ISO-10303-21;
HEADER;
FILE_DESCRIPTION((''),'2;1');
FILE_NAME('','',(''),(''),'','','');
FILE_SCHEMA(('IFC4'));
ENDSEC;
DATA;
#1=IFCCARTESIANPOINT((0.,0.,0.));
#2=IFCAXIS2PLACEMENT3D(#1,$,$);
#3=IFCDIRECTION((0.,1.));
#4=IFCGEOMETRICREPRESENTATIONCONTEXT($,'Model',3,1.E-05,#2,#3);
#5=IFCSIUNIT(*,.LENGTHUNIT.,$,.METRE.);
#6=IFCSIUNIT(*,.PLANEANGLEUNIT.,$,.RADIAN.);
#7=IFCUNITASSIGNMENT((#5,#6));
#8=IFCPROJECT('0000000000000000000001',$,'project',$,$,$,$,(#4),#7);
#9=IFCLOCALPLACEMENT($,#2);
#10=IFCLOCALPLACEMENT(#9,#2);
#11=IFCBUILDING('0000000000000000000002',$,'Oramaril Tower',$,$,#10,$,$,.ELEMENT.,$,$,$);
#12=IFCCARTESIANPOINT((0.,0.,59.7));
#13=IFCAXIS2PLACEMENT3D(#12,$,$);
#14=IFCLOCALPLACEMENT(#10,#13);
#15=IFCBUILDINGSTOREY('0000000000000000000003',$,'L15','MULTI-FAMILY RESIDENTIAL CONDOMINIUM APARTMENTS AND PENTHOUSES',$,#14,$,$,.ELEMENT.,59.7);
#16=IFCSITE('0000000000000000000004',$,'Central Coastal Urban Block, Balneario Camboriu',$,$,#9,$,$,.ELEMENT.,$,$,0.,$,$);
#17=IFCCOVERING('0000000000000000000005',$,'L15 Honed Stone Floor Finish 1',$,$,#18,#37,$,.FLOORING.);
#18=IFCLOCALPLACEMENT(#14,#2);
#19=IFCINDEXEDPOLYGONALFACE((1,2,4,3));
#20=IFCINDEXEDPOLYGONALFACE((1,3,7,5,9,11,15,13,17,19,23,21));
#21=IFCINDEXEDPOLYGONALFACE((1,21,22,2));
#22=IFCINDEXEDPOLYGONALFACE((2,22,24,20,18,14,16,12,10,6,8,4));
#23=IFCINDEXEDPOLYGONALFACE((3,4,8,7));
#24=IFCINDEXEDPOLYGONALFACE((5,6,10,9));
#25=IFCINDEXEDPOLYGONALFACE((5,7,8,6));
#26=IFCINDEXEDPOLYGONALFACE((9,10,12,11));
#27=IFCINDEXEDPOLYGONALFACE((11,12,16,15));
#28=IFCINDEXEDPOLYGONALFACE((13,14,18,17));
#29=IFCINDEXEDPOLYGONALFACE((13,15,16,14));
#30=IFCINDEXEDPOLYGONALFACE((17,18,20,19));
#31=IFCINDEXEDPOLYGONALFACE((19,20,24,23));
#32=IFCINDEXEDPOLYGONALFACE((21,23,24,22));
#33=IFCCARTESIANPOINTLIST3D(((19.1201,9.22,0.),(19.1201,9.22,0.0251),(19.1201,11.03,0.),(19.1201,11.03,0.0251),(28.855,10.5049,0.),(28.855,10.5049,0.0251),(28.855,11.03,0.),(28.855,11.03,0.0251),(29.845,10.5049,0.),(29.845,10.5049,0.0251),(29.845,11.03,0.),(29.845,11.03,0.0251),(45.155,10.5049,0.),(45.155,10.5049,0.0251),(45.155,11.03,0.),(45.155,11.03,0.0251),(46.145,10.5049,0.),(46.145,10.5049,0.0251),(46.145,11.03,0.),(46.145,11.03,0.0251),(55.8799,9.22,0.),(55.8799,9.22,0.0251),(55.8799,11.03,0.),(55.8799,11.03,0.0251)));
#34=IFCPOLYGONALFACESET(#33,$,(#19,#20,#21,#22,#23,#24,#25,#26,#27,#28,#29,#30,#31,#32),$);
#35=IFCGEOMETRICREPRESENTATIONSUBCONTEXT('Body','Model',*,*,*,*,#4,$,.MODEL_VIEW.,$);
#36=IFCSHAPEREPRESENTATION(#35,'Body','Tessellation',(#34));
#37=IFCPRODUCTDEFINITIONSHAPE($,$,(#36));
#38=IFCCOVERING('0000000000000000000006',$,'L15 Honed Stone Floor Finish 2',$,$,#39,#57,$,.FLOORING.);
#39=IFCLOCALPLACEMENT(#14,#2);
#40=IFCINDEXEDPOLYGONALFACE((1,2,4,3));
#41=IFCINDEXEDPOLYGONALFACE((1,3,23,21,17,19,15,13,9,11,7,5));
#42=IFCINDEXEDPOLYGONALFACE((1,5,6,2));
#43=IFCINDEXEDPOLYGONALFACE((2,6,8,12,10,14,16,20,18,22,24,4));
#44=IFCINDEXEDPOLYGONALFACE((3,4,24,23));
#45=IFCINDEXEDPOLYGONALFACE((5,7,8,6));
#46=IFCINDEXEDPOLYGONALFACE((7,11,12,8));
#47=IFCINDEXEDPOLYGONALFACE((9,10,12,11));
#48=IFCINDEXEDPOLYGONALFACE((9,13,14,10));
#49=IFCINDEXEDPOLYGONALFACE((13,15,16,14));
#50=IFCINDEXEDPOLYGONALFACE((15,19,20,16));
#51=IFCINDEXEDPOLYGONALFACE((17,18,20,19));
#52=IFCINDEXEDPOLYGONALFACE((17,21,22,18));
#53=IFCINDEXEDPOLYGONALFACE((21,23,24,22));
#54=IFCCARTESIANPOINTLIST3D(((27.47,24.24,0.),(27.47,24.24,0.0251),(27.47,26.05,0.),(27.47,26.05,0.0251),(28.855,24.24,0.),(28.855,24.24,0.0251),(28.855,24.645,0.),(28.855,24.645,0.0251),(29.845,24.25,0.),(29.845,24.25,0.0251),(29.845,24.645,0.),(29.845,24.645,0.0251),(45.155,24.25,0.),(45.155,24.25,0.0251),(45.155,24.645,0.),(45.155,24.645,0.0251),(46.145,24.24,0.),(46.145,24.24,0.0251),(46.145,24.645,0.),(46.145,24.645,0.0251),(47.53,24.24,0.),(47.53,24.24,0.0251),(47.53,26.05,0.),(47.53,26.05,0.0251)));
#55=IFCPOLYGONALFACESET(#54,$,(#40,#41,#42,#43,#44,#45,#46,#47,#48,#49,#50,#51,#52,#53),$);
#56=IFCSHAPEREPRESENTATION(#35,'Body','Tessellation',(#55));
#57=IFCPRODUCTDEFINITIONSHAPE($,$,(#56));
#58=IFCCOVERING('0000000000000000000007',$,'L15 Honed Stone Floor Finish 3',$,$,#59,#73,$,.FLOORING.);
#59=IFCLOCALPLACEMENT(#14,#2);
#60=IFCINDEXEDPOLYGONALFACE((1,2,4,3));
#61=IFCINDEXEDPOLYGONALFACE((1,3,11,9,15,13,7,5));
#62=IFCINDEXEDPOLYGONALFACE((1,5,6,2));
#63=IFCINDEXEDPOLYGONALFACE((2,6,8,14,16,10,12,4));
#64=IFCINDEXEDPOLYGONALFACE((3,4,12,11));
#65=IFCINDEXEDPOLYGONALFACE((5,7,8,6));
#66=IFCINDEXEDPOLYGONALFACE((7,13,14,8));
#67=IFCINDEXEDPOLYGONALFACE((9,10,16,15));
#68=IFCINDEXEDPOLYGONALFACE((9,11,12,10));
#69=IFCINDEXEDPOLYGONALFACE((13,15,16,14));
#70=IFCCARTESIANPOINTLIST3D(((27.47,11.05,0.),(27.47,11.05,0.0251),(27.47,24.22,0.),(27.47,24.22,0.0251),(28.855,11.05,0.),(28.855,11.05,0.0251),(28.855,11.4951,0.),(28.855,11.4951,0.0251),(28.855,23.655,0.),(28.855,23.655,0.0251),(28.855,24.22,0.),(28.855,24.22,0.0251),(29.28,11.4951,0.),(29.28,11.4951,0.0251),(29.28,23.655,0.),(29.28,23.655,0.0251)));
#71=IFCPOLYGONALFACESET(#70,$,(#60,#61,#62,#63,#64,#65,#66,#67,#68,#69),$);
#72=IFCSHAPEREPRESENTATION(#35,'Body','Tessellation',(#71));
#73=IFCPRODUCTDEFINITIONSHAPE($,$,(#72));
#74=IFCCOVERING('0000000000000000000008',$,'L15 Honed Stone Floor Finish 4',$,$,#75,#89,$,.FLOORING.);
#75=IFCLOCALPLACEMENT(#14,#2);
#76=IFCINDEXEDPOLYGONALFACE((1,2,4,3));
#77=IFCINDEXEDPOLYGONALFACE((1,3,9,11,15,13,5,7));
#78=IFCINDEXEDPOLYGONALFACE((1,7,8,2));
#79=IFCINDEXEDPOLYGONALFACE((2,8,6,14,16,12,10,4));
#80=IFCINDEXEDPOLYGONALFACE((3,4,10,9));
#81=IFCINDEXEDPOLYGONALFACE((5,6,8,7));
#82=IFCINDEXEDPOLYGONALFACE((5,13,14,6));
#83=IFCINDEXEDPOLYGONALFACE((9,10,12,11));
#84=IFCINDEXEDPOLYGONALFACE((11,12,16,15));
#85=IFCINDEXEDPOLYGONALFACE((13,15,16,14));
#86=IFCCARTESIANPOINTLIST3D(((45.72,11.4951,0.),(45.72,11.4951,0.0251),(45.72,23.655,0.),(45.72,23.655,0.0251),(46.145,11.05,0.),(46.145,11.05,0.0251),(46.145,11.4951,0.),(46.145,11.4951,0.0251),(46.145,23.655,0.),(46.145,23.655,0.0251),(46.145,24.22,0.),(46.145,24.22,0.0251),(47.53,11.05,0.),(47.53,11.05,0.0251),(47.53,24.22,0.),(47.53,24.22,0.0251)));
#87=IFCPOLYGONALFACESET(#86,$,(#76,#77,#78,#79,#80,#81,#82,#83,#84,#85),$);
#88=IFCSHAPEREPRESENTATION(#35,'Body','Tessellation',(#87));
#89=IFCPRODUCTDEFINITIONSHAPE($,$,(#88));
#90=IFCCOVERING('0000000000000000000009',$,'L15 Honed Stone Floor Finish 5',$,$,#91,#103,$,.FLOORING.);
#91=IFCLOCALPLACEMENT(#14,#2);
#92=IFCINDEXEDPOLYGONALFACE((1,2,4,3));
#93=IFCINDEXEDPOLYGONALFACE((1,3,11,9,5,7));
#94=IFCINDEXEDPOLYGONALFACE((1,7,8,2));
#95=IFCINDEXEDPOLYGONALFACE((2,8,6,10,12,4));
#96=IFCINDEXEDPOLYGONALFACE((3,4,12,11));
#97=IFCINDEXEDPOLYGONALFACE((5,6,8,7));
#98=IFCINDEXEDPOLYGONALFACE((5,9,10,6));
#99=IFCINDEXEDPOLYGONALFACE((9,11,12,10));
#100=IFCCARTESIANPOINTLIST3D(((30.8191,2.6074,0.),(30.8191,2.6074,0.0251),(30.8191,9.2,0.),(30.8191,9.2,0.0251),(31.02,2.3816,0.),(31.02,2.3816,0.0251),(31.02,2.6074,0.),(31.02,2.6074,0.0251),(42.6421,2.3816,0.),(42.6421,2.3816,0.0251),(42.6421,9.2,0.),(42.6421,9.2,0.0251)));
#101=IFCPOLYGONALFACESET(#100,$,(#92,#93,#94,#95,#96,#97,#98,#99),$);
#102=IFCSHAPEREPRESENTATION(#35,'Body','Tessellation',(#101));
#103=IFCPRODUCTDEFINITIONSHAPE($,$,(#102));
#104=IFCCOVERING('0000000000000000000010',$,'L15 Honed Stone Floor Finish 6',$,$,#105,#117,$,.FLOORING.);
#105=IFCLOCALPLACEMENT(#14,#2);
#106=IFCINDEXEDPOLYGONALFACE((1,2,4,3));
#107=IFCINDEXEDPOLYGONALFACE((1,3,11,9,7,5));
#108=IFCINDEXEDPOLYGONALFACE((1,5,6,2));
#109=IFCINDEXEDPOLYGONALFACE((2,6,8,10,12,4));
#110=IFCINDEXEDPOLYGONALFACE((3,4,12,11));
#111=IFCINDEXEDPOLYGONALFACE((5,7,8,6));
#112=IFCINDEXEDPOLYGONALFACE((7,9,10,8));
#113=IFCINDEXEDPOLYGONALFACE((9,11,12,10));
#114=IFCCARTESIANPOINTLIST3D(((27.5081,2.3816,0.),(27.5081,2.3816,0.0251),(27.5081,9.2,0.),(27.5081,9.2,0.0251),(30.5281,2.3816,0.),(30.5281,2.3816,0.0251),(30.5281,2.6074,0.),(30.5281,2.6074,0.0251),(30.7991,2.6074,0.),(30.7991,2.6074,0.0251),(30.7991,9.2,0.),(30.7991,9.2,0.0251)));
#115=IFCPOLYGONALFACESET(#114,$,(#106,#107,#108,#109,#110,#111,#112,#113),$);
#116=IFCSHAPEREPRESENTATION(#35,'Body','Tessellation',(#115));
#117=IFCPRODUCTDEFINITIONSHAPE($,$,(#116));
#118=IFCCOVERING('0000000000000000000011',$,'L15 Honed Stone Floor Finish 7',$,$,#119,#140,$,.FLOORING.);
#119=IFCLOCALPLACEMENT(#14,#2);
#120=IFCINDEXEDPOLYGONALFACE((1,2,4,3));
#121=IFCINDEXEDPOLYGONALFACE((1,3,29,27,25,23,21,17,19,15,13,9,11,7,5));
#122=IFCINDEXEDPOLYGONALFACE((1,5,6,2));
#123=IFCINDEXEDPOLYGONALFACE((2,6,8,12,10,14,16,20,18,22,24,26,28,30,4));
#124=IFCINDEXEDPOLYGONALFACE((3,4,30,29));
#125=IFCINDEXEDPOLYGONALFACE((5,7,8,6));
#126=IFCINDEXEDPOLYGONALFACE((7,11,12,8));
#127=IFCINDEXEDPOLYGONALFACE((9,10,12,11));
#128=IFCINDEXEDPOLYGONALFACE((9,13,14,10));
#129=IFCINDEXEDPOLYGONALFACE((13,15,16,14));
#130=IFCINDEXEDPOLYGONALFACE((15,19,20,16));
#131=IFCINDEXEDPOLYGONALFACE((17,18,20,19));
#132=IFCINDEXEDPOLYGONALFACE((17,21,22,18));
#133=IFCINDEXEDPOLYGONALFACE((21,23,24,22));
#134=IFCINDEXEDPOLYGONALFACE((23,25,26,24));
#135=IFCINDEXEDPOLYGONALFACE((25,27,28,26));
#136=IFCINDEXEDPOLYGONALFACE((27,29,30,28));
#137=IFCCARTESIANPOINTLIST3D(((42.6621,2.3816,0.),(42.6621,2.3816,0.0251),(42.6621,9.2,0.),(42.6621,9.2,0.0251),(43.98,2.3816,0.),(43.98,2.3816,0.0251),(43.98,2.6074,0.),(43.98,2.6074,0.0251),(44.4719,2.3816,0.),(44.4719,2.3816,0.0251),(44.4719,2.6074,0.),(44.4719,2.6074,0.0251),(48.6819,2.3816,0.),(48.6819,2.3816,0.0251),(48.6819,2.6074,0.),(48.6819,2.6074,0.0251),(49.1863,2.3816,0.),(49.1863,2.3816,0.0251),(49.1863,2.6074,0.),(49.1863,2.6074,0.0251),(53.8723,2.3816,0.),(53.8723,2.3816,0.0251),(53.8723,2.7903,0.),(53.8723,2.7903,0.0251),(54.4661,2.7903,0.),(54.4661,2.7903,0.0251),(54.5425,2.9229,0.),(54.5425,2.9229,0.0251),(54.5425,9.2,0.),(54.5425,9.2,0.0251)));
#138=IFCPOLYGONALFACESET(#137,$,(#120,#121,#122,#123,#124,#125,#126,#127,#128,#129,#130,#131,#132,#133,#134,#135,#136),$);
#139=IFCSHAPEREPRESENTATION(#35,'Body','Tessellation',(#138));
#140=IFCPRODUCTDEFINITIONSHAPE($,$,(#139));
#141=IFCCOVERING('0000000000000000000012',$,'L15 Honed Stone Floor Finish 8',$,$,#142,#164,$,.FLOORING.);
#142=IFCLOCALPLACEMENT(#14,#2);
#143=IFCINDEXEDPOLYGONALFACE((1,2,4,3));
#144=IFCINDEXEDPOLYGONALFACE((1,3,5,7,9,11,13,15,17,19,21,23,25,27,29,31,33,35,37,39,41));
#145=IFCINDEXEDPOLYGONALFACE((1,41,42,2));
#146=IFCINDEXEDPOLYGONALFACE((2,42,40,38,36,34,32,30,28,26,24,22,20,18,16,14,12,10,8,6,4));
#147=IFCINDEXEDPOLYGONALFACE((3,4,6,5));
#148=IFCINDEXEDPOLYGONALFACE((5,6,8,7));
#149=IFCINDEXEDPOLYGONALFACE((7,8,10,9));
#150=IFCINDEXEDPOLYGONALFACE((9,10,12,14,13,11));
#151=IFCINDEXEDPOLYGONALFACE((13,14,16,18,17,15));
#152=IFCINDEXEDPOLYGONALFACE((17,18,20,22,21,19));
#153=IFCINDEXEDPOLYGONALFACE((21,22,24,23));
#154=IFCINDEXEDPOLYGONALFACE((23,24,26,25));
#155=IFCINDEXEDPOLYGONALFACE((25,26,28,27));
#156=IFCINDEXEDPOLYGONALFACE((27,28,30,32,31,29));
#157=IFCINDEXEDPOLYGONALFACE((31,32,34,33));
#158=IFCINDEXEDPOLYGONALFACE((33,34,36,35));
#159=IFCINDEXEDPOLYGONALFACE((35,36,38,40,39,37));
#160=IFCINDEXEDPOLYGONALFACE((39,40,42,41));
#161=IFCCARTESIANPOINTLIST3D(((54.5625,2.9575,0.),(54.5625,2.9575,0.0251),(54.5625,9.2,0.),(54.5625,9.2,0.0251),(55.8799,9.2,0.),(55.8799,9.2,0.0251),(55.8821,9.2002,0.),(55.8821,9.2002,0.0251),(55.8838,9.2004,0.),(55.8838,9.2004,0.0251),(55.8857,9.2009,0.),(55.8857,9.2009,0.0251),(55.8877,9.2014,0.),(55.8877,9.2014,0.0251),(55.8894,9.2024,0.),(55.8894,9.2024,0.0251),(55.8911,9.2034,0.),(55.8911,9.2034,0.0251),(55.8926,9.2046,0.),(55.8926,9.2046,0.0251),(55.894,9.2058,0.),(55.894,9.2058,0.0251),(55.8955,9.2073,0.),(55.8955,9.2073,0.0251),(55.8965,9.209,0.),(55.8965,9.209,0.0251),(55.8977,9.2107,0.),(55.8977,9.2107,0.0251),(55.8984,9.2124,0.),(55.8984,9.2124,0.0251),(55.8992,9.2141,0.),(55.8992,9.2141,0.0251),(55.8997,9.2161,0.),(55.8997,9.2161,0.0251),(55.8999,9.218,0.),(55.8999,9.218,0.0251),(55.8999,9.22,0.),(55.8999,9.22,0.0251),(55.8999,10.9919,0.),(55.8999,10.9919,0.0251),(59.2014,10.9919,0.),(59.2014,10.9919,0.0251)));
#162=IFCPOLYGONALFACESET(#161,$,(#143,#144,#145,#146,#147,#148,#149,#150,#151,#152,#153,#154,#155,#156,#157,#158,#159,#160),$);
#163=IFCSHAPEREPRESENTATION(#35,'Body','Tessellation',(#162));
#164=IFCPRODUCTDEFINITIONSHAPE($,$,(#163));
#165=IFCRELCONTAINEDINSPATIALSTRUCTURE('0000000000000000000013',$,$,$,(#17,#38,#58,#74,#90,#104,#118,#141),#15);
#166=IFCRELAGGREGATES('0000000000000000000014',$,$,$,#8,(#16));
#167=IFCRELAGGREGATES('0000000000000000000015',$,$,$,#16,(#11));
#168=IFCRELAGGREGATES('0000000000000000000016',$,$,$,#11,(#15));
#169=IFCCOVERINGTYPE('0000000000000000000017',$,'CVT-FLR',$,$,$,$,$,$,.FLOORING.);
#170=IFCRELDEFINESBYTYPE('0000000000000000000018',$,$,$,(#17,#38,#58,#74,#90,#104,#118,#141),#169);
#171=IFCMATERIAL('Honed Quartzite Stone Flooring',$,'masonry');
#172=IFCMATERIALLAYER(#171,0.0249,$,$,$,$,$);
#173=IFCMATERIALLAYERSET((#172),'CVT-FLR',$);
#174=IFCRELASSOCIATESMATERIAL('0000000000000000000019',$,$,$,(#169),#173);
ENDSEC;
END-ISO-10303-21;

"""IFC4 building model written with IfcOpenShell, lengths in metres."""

from ifc_helpers import new_model, si_unit, direction, frame, origin, place, context, subcontext, project, spatial, polyline, outline, extrude, material, layer, layer_set, type_object, element, save


model = new_model("IFC4")

# Units and contexts
model_context = context("Model", 3, precision=1e-05, world=origin(), true_north=direction((0.0, 1.0)))
body_context = subcontext(model_context, "Body", "Model", "MODEL_VIEW")
ifc_project = project(units=[si_unit("LENGTHUNIT", "METRE"), si_unit("PLANEANGLEUNIT", "RADIAN")], contexts=[model_context])

# Site, building, storey
site_placement = place(None, origin())
site = spatial("IfcSite", under=ifc_project, at=site_placement, Name="Central Coastal Urban Block, Balneario Camboriu", CompositionType="ELEMENT", RefElevation=0.0)
building_placement = place(site_placement, origin())
building = spatial("IfcBuilding", under=site, at=building_placement, Name="Oramaril Tower", CompositionType="ELEMENT")
storey_placement = place(building_placement, frame((0.0, 0.0, 59.7)))
storey = spatial("IfcBuildingStorey", under=building, at=storey_placement, Name="L15", Description="MULTI-FAMILY RESIDENTIAL CONDOMINIUM APARTMENTS AND PENTHOUSES", CompositionType="ELEMENT", Elevation=59.7)

# Coverings
ifc_material_1 = material(Name="Honed Quartzite Stone Flooring", Category="masonry")
ifc_layer_1 = layer(ifc_material_1, 0.0249)
ifc_layer_set_1 = layer_set([ifc_layer_1], Name="CVT-FLR")
covering_type_1 = type_object("IfcCoveringType", Name="CVT-FLR", PredefinedType="FLOORING", material=ifc_layer_set_1)
covering_1_placement = place(storey_placement, origin())
element("IfcCovering", 1, at=covering_1_placement, inside=storey, type_object=covering_type_1, Name="L15 Honed Stone Floor Finish 1", PredefinedType="FLOORING", context=body_context, shape_type="SweptSolid", body=[
    extrude(outline(polyline([(28.855, 10.5049), (29.845, 10.5049), (29.845, 11.03), (45.155, 11.03), (45.155, 10.5049), (46.145, 10.5049), (46.145, 11.03), (55.8799, 11.03), (55.8799, 9.22), (19.1201, 9.22), (19.1201, 11.03), (28.855, 11.03), (28.855, 10.5049)])), origin(), (0.0, 0.0, 1.0), 0.0251),
])
covering_2_placement = place(storey_placement, origin())
element("IfcCovering", 2, at=covering_2_placement, inside=storey, type_object=covering_type_1, Name="L15 Honed Stone Floor Finish 2", PredefinedType="FLOORING", context=body_context, shape_type="SweptSolid", body=[
    extrude(outline(polyline([(47.53, 24.24), (46.145, 24.24), (46.145, 24.645), (45.155, 24.645), (45.155, 24.25), (29.845, 24.25), (29.845, 24.645), (28.855, 24.645), (28.855, 24.24), (27.47, 24.24), (27.47, 26.05), (47.53, 26.05), (47.53, 24.24)])), origin(), (0.0, 0.0, 1.0), 0.0251),
])
covering_3_placement = place(storey_placement, origin())
element("IfcCovering", 3, at=covering_3_placement, inside=storey, type_object=covering_type_1, Name="L15 Honed Stone Floor Finish 3", PredefinedType="FLOORING", context=body_context, shape_type="SweptSolid", body=[
    extrude(outline(polyline([(28.855, 23.655), (29.28, 23.655), (29.28, 11.4951), (28.855, 11.4951), (28.855, 11.05), (27.47, 11.05), (27.47, 24.22), (28.855, 24.22), (28.855, 23.655)])), origin(), (0.0, 0.0, 1.0), 0.0251),
])
covering_4_placement = place(storey_placement, origin())
element("IfcCovering", 4, at=covering_4_placement, inside=storey, type_object=covering_type_1, Name="L15 Honed Stone Floor Finish 4", PredefinedType="FLOORING", context=body_context, shape_type="SweptSolid", body=[
    extrude(outline(polyline([(47.53, 11.05), (46.145, 11.05), (46.145, 11.4951), (45.72, 11.4951), (45.72, 23.655), (46.145, 23.655), (46.145, 24.22), (47.53, 24.22), (47.53, 11.05)])), origin(), (0.0, 0.0, 1.0), 0.0251),
])
covering_5_placement = place(storey_placement, origin())
element("IfcCovering", 5, at=covering_5_placement, inside=storey, type_object=covering_type_1, Name="L15 Honed Stone Floor Finish 5", PredefinedType="FLOORING", context=body_context, shape_type="SweptSolid", body=[
    extrude(outline(polyline([(31.02, 2.3816), (31.02, 2.6074), (30.8191, 2.6074), (30.8191, 9.2), (42.6421, 9.2), (42.6421, 2.3816), (31.02, 2.3816)])), origin(), (0.0, 0.0, 1.0), 0.0251),
])
covering_6_placement = place(storey_placement, origin())
element("IfcCovering", 6, at=covering_6_placement, inside=storey, type_object=covering_type_1, Name="L15 Honed Stone Floor Finish 6", PredefinedType="FLOORING", context=body_context, shape_type="SweptSolid", body=[
    extrude(outline(polyline([(27.5081, 9.2), (30.7991, 9.2), (30.7991, 2.6074), (30.5281, 2.6074), (30.5281, 2.3816), (27.5081, 2.3816), (27.5081, 9.2)])), origin(), (0.0, 0.0, 1.0), 0.0251),
])
covering_7_placement = place(storey_placement, origin())
element("IfcCovering", 7, at=covering_7_placement, inside=storey, type_object=covering_type_1, Name="L15 Honed Stone Floor Finish 7", PredefinedType="FLOORING", context=body_context, shape_type="SweptSolid", body=[
    extrude(outline(polyline([(54.4661, 2.7903), (53.8723, 2.7903), (53.8723, 2.3816), (49.1863, 2.3816), (49.1863, 2.6074), (48.6819, 2.6074), (48.6819, 2.3816), (44.4719, 2.3816), (44.4719, 2.6074), (43.98, 2.6074), (43.98, 2.3816), (42.6621, 2.3816), (42.6621, 9.2), (54.5425, 9.2), (54.5425, 2.9229), (54.4661, 2.7903)])), origin(), (0.0, 0.0, 1.0), 0.0251),
])
covering_8_placement = place(storey_placement, origin())
element("IfcCovering", 8, at=covering_8_placement, inside=storey, type_object=covering_type_1, Name="L15 Honed Stone Floor Finish 8", PredefinedType="FLOORING", context=body_context, shape_type="SweptSolid", body=[
    extrude(outline(polyline([(59.2014, 10.9919), (54.5625, 2.9575), (54.5625, 9.2), (55.8799, 9.2), (55.8821, 9.2002), (55.8838, 9.2004), (55.8857, 9.2009), (55.8877, 9.2014), (55.8894, 9.2024), (55.8911, 9.2034), (55.8926, 9.2046), (55.894, 9.2058), (55.8955, 9.2073), (55.8965, 9.209), (55.8977, 9.2107), (55.8984, 9.2124), (55.8992, 9.2141), (55.8997, 9.2161), (55.8999, 9.218), (55.8999, 9.22), (55.8999, 10.9919), (59.2014, 10.9919)])), origin(), (0.0, 0.0, 1.0), 0.0251),
])

save(model, "model.ifc")
